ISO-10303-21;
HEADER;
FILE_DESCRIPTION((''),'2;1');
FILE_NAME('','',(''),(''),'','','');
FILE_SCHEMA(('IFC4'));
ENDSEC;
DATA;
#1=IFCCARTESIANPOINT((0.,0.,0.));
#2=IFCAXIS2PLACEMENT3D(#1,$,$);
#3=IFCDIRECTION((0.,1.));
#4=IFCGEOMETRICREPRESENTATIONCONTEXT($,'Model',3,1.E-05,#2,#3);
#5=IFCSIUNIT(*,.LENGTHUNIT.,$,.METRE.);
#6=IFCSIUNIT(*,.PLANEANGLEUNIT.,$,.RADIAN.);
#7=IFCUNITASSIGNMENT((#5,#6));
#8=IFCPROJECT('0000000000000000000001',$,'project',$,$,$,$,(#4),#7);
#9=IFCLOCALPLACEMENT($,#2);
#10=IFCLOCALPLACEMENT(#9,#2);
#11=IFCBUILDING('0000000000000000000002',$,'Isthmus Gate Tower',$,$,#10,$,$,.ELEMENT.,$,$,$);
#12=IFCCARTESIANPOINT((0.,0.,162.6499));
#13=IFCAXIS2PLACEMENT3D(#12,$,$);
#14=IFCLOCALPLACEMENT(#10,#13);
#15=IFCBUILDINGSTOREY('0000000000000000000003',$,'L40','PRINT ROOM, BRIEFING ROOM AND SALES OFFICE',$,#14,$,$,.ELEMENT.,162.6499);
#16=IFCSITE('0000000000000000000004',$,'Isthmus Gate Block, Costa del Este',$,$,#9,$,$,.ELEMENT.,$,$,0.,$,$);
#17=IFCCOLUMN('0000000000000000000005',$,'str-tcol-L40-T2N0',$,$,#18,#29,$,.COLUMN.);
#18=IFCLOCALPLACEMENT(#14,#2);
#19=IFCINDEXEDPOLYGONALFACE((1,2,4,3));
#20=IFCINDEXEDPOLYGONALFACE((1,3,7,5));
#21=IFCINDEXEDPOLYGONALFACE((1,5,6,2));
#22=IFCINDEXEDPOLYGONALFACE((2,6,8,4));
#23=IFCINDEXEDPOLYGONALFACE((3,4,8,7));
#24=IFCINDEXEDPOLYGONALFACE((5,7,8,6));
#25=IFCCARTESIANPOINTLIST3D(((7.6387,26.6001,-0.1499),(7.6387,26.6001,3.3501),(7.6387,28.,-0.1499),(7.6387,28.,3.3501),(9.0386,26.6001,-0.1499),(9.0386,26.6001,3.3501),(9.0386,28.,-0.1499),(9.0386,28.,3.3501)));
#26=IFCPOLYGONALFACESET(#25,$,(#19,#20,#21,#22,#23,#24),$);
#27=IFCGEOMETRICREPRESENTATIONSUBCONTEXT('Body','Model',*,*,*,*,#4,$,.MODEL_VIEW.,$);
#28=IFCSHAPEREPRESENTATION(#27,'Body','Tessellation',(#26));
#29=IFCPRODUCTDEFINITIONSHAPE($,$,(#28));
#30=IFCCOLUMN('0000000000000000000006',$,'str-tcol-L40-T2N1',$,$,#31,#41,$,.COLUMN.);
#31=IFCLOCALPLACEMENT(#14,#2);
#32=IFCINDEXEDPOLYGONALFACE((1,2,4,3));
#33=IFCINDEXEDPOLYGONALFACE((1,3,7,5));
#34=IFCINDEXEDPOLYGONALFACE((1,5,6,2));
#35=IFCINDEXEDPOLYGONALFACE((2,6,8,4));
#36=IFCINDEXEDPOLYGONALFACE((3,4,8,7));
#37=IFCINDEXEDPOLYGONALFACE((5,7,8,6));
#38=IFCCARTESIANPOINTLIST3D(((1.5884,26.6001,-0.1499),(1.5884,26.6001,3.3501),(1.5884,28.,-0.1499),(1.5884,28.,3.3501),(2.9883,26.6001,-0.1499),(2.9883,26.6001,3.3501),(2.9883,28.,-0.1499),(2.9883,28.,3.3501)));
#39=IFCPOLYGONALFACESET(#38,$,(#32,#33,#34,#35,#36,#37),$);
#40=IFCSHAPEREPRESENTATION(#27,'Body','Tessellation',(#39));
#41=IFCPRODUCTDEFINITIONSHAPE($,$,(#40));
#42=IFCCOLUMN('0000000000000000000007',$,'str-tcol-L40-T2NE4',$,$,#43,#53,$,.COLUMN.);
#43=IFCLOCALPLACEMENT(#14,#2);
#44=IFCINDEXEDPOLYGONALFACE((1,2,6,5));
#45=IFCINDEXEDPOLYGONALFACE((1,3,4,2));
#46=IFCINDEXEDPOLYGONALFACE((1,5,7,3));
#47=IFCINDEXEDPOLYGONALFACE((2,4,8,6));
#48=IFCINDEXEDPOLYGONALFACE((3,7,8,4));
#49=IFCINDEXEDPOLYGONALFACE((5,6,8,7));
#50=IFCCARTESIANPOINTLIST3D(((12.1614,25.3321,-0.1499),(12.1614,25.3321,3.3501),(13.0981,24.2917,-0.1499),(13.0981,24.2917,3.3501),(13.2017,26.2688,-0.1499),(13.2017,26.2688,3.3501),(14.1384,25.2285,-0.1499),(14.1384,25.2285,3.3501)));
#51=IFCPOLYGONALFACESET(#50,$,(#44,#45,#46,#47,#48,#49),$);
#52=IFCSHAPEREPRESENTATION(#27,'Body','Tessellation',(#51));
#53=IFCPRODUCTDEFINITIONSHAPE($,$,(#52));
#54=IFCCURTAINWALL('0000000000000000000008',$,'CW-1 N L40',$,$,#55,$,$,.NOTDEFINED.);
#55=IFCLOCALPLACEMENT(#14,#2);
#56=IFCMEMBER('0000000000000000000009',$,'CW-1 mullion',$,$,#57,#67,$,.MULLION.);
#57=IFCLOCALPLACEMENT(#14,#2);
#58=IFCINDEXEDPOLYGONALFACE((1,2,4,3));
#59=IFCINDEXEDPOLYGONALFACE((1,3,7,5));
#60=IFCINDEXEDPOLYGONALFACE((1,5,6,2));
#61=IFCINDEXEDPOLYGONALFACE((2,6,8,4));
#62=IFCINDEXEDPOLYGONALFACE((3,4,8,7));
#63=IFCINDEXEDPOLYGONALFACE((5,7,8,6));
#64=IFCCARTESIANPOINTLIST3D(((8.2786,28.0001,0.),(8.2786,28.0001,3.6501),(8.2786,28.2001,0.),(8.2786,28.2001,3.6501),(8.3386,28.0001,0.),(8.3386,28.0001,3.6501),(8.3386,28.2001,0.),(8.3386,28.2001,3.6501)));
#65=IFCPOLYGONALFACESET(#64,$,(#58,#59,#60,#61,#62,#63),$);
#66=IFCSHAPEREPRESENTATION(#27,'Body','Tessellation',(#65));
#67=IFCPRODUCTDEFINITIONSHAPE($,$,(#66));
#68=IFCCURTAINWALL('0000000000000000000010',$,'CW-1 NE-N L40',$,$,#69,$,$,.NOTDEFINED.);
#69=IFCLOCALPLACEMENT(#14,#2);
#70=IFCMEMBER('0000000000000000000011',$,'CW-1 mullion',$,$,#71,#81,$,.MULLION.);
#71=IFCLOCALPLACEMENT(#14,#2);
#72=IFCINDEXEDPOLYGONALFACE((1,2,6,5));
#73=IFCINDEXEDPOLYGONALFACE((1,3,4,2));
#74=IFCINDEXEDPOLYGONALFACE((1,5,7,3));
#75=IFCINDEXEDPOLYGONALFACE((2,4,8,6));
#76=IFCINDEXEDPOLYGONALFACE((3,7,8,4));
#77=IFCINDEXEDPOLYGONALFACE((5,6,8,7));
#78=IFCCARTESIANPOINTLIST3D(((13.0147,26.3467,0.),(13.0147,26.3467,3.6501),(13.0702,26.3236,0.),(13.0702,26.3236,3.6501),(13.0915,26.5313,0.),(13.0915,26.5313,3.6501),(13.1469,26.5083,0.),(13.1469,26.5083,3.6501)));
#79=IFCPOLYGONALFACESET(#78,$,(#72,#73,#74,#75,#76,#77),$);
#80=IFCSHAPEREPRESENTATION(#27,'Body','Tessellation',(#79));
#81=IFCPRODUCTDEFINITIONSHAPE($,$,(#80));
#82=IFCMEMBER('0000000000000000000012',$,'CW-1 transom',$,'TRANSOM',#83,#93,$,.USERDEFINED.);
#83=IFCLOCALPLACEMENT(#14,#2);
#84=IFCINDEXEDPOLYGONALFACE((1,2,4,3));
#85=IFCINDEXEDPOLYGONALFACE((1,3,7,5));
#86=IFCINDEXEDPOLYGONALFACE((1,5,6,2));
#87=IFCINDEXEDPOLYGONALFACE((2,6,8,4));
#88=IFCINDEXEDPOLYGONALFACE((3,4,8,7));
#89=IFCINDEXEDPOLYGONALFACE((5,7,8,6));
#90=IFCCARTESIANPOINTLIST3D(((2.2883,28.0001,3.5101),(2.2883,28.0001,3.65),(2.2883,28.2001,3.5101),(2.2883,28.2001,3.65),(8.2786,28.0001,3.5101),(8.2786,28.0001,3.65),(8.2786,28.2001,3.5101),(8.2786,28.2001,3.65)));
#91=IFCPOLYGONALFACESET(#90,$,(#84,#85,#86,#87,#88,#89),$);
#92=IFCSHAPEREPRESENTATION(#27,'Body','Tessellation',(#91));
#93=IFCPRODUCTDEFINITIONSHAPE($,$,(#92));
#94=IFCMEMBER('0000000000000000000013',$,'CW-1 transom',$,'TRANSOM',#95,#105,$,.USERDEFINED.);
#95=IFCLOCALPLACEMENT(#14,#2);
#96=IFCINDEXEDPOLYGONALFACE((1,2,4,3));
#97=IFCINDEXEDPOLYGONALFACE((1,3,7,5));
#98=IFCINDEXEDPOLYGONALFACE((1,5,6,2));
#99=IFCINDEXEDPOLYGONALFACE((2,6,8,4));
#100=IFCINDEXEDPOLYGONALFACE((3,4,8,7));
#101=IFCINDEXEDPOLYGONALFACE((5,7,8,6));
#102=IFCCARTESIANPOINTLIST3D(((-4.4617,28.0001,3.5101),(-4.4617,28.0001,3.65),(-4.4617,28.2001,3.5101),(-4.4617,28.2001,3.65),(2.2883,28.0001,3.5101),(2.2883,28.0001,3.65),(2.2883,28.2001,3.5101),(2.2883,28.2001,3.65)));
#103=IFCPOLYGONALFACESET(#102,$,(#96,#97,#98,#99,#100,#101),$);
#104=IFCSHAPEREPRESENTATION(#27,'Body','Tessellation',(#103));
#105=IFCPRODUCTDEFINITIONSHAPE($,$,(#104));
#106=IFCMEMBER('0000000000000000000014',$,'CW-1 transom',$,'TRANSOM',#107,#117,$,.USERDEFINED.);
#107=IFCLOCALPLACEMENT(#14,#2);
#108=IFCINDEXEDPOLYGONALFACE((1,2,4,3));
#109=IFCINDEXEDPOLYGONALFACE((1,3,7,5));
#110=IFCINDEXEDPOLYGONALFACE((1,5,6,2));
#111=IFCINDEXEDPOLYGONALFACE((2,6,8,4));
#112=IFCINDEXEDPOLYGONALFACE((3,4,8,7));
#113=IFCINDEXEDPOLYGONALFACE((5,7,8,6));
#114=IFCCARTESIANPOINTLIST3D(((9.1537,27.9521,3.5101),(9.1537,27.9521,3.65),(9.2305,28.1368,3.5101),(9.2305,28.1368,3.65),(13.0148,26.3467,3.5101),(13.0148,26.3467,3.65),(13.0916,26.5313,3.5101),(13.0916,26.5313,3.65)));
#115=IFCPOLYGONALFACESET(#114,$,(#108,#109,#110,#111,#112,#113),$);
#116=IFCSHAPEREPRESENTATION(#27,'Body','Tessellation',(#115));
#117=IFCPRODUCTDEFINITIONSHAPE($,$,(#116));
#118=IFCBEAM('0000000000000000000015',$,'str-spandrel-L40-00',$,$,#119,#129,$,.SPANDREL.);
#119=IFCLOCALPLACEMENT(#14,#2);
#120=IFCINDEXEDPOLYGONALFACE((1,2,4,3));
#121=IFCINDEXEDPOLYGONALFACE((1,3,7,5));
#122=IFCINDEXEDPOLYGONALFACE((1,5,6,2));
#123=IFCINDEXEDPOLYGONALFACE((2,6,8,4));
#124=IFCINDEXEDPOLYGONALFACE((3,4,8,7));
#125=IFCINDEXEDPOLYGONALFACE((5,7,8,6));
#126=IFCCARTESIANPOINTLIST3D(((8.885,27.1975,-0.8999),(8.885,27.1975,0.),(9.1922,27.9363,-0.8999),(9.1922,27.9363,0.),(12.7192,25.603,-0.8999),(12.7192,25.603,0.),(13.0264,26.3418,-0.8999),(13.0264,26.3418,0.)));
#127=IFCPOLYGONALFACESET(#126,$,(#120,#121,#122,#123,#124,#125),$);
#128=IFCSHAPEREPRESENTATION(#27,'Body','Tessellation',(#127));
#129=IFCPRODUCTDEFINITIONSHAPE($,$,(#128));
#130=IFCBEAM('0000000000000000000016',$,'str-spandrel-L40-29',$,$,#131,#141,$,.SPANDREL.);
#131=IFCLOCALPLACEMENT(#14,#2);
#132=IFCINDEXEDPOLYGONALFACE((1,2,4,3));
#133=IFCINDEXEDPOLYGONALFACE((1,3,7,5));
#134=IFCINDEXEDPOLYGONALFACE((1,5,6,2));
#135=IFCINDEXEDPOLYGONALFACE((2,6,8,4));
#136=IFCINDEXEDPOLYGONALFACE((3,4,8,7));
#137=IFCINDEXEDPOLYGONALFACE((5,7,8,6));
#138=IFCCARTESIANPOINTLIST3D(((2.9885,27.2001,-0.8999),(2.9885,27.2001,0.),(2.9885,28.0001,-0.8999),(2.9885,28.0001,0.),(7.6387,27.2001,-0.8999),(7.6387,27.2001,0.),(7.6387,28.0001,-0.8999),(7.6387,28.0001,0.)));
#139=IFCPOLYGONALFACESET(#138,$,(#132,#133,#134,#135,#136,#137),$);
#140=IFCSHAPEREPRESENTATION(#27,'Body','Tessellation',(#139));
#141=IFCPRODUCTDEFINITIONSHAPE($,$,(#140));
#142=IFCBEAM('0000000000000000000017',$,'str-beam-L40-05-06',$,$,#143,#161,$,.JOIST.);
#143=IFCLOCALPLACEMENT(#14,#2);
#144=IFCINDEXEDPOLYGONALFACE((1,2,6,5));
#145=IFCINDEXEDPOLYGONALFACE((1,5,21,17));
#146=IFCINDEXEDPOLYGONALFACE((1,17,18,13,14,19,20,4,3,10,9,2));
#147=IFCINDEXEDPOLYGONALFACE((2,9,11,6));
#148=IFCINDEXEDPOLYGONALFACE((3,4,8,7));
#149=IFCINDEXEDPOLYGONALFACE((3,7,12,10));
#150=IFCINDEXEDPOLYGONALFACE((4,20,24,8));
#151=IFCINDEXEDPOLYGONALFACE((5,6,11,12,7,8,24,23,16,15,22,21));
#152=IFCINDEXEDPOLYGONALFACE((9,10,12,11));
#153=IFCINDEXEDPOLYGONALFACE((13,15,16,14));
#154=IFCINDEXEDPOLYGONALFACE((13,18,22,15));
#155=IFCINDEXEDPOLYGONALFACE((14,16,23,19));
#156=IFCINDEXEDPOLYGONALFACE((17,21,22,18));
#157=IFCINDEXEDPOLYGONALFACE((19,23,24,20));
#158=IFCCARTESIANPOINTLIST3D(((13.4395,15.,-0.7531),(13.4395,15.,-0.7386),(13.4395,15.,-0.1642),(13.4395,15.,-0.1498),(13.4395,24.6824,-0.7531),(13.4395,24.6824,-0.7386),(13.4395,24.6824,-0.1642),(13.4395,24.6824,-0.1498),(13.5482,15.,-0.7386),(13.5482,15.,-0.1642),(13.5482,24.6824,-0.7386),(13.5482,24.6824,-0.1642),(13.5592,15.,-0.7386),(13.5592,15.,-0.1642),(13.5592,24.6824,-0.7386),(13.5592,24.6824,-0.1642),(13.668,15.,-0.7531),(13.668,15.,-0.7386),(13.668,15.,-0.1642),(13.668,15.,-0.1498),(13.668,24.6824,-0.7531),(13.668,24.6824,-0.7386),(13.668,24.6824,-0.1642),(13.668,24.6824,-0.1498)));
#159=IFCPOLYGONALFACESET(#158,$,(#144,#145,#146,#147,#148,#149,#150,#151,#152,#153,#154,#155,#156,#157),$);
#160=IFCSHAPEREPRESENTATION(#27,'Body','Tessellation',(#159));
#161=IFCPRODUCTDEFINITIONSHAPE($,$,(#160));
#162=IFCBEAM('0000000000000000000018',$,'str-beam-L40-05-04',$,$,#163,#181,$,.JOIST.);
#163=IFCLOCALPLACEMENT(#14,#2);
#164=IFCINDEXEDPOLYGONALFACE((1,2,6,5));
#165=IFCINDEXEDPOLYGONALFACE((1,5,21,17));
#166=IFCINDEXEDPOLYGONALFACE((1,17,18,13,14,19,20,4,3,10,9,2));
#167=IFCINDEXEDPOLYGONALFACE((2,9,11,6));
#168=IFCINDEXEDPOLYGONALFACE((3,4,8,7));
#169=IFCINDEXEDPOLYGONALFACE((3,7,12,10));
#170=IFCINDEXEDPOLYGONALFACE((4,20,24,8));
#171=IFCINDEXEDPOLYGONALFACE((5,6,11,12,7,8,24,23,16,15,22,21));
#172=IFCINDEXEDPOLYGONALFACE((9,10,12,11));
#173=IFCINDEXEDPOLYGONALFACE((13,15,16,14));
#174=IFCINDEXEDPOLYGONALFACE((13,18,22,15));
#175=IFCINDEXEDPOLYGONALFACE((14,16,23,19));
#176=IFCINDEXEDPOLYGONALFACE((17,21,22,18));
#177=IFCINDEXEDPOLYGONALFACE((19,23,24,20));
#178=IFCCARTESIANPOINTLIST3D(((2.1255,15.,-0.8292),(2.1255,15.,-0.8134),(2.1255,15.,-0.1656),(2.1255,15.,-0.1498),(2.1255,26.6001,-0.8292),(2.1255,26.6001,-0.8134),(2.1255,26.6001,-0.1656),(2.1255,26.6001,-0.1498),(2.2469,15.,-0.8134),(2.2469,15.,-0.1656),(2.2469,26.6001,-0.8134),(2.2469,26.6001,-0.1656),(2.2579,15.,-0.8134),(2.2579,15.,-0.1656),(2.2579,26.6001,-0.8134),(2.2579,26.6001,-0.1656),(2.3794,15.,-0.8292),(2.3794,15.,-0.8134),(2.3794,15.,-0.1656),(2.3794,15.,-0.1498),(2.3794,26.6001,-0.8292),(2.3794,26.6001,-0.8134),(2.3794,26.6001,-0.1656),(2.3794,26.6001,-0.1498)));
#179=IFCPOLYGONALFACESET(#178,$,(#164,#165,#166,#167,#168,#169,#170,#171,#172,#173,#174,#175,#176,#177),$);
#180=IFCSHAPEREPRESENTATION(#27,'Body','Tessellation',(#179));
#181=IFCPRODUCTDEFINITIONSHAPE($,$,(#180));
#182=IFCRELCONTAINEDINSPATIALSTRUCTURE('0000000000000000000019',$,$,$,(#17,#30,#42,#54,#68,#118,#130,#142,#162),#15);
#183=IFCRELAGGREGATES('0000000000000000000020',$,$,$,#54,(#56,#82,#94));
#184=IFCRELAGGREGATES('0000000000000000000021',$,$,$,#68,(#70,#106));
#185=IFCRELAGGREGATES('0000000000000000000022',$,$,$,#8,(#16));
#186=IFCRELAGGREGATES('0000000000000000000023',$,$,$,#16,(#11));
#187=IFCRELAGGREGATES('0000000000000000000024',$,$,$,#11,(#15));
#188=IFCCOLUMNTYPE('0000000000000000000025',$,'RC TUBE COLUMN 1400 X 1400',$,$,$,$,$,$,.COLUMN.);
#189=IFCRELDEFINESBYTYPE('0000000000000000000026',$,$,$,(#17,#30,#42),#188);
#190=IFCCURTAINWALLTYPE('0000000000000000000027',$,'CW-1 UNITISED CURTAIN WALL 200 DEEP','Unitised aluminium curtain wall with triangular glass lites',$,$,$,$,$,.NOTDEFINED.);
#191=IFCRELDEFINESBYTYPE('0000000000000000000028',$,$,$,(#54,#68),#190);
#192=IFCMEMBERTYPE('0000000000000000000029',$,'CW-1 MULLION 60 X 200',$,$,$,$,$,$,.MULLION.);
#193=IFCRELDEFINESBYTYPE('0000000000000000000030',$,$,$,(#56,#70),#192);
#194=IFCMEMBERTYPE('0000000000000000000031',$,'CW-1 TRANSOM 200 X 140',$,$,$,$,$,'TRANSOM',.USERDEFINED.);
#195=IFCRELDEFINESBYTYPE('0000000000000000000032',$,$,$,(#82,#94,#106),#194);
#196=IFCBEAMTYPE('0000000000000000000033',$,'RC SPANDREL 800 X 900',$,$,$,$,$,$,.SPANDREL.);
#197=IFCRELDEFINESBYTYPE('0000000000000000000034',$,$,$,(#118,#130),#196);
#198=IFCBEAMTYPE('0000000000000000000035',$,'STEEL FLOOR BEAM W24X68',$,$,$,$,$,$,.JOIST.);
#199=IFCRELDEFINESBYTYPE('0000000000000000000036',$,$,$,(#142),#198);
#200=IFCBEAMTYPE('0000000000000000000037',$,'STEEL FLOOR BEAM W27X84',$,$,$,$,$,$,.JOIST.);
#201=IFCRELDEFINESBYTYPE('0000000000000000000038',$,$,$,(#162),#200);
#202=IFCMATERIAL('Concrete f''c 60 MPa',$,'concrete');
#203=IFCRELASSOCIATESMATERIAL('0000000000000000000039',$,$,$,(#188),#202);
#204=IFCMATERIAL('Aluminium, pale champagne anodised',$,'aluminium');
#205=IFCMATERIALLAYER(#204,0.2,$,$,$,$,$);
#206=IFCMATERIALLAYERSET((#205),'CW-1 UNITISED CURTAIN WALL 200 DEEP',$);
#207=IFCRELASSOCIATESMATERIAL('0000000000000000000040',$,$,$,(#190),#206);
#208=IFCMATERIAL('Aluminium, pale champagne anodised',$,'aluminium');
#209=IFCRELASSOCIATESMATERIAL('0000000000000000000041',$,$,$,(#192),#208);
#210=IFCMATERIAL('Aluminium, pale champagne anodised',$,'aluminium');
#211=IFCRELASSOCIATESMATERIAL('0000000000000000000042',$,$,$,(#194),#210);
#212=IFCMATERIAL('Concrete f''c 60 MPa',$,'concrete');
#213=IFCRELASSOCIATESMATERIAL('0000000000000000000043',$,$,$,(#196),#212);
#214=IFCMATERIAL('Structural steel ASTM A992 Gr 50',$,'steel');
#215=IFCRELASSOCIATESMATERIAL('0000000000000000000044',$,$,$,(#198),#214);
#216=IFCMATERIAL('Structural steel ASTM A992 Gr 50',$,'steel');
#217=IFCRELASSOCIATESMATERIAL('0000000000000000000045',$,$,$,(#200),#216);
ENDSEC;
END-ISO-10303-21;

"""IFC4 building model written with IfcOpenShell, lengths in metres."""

from ifc_helpers import new_model, si_unit, direction, frame, origin, origin_2d, place, context, subcontext, project, spatial, rectangle, i_section, extrude, material, layer, layer_set, material_profile, profile_set, type_object, element, aggregate, save


model = new_model("IFC4")

# Units and contexts
model_context = context("Model", 3, precision=1e-05, world=origin(), true_north=direction((0.0, 1.0)))
body_context = subcontext(model_context, "Body", "Model", "MODEL_VIEW")
ifc_project = project(units=[si_unit("LENGTHUNIT", "METRE"), si_unit("PLANEANGLEUNIT", "RADIAN")], contexts=[model_context])

# Site, building, storey
site_placement = place(None, origin())
site = spatial("IfcSite", under=ifc_project, at=site_placement, Name="Isthmus Gate Block, Costa del Este", CompositionType="ELEMENT", RefElevation=0.0)
building_placement = place(site_placement, origin())
building = spatial("IfcBuilding", under=site, at=building_placement, Name="Isthmus Gate Tower", CompositionType="ELEMENT")
storey_placement = place(building_placement, frame((0.0, 0.0, 162.6499)))
storey = spatial("IfcBuildingStorey", under=building, at=storey_placement, Name="L40", Description="PRINT ROOM, BRIEFING ROOM AND SALES OFFICE", CompositionType="ELEMENT", Elevation=162.6499)

# Columns
ifc_material_1 = material(Name="Concrete f'c 60 MPa", Category="concrete")
ifc_material_profile_1 = material_profile(ifc_material_1, rectangle(XDim=1.3999, YDim=1.3999, at=origin_2d()), Name="RC 1400X1400")
ifc_profile_set_1 = profile_set([ifc_material_profile_1], Name="Concrete f'c 60 MPa")
column_type = type_object("IfcColumnType", Name="RC TUBE COLUMN 1400 X 1400", PredefinedType="COLUMN", material=ifc_profile_set_1)
for number, where, z_axis, x_axis, name in (
    (1, (8.3386, 27.3, -0.1499), (0.0, 0.0, 1.0), (-1.0, 0.0, 0.0), "str-tcol-L40-T2N0"),
    (2, (2.2883, 27.3, -0.1499), (0.0, 0.0, 1.0), (-1.0, 0.0, 0.0), "str-tcol-L40-T2N1"),
    (3, (13.1499, 25.2803, -0.1499), (0.0, 0.0, 1.0), (-0.669131, 0.743145, 0.0), "str-tcol-L40-T2NE4"),
):
    element("IfcColumn", number, at=place(storey_placement, frame(where, z_axis=z_axis, x_axis=x_axis)), inside=storey, type_object=column_type, Name=name, PredefinedType="COLUMN", context=body_context, shape_type="SweptSolid", body=[
        extrude(rectangle(XDim=1.3999, YDim=1.3999, at=origin_2d()), origin(), (0.0, 0.0, 1.0), 3.5),
    ])

# Curtain walls, members
ifc_material_2 = material(Name="Aluminium, pale champagne anodised", Category="aluminium")
ifc_layer_1 = layer(ifc_material_2, 0.2)
ifc_layer_set_1 = layer_set([ifc_layer_1], Name="CW-1 UNITISED CURTAIN WALL 200 DEEP")
curtain_wall_type = type_object("IfcCurtainWallType", Name="CW-1 UNITISED CURTAIN WALL 200 DEEP", Description="Unitised aluminium curtain wall with triangular glass lites", PredefinedType="NOTDEFINED", material=ifc_layer_set_1)
curtain_wall_1_placement = place(storey_placement, origin())
curtain_wall_1 = element("IfcCurtainWall", 4, at=curtain_wall_1_placement, inside=storey, type_object=curtain_wall_type, Name="CW-1 N L40", PredefinedType="NOTDEFINED")
ifc_material_3 = material(Name="Aluminium, pale champagne anodised", Category="aluminium")
ifc_material_profile_2 = material_profile(ifc_material_3, rectangle(XDim=0.0601, YDim=0.2, at=origin_2d()), Name="60x200")
ifc_profile_set_2 = profile_set([ifc_material_profile_2], Name="Aluminium, pale champagne anodised")
member_type_1 = type_object("IfcMemberType", Name="CW-1 MULLION 60 X 200", PredefinedType="MULLION", material=ifc_profile_set_2)
member_1_placement = place(storey_placement, frame((8.3086, 28.1001, 0.0), z_axis=(0.0, 0.0, 1.0), x_axis=(-1.0, 0.0, 0.0)))
member_1 = element("IfcMember", 5, at=member_1_placement, type_object=member_type_1, Name="CW-1 mullion", PredefinedType="MULLION", context=body_context, shape_type="SweptSolid", body=[
    extrude(rectangle(XDim=0.0601, YDim=0.2, at=origin_2d()), origin(), (0.0, 0.0, 1.0), 3.6501),
])
curtain_wall_2_placement = place(storey_placement, origin())
curtain_wall_2 = element("IfcCurtainWall", 6, at=curtain_wall_2_placement, inside=storey, type_object=curtain_wall_type, Name="CW-1 NE-N L40", PredefinedType="NOTDEFINED")
member_2_placement = place(storey_placement, frame((13.0808, 26.4275, 0.0), z_axis=(0.0, 0.0, 1.0), x_axis=(-0.923353, 0.383952, 0.0)))
member_2 = element("IfcMember", 7, at=member_2_placement, type_object=member_type_1, Name="CW-1 mullion", PredefinedType="MULLION", context=body_context, shape_type="SweptSolid", body=[
    extrude(rectangle(XDim=0.0601, YDim=0.2, at=origin_2d()), origin(), (0.0, 0.0, 1.0), 3.6501),
])

# Members
ifc_material_4 = material(Name="Aluminium, pale champagne anodised", Category="aluminium")
ifc_material_profile_3 = material_profile(ifc_material_4, rectangle(XDim=0.2, YDim=0.1399, at=origin_2d()), Name="200x140")
ifc_profile_set_3 = profile_set([ifc_material_profile_3], Name="Aluminium, pale champagne anodised")
member_type_2 = type_object("IfcMemberType", Name="CW-1 TRANSOM 200 X 140", ElementType="TRANSOM", PredefinedType="USERDEFINED", material=ifc_profile_set_3)
member_3_placement = place(storey_placement, frame((8.2786, 28.1001, 3.5801), z_axis=(-1.0, 0.0, 0.0), x_axis=(0.0, -1.0, 0.0)))
member_3 = element("IfcMember", 8, at=member_3_placement, type_object=member_type_2, Name="CW-1 transom", ObjectType="TRANSOM", PredefinedType="USERDEFINED", context=body_context, shape_type="SweptSolid", body=[
    extrude(rectangle(XDim=0.2, YDim=0.1399, at=origin_2d()), origin(), (0.0, 0.0, 1.0), 5.9902),
])
member_4_placement = place(storey_placement, frame((2.2883, 28.1001, 3.5801), z_axis=(-1.0, 0.0, 0.0), x_axis=(0.0, -1.0, 0.0)))
member_4 = element("IfcMember", 9, at=member_4_placement, type_object=member_type_2, Name="CW-1 transom", ObjectType="TRANSOM", PredefinedType="USERDEFINED", context=body_context, shape_type="SweptSolid", body=[
    extrude(rectangle(XDim=0.2, YDim=0.1399, at=origin_2d()), origin(), (0.0, 0.0, 1.0), 6.75),
])
member_5_placement = place(storey_placement, frame((13.0532, 26.439, 3.5801), z_axis=(-0.923358, 0.38394, 0.0), x_axis=(-0.38394, -0.923358, 0.0)))
member_5 = element("IfcMember", 10, at=member_5_placement, type_object=member_type_2, Name="CW-1 transom", ObjectType="TRANSOM", PredefinedType="USERDEFINED", context=body_context, shape_type="SweptSolid", body=[
    extrude(rectangle(XDim=0.2, YDim=0.1399, at=origin_2d()), origin(), (0.0, 0.0, 1.0), 4.1816),
])

# Beams
ifc_material_5 = material(Name="Concrete f'c 60 MPa", Category="concrete")
ifc_material_profile_4 = material_profile(ifc_material_5, rectangle(XDim=0.8, YDim=0.8999, at=origin_2d()), Name="RC 800X900")
ifc_profile_set_4 = profile_set([ifc_material_profile_4], Name="Concrete f'c 60 MPa")
beam_type_1 = type_object("IfcBeamType", Name="RC SPANDREL 800 X 900", PredefinedType="SPANDREL", material=ifc_profile_set_4)
beam_1_placement = place(storey_placement, frame((9.0386, 27.5669, -0.45), z_axis=(0.923343, -0.383977, 0.0), x_axis=(0.383977, 0.923343, 0.0)))
element("IfcBeam", 11, at=beam_1_placement, inside=storey, type_object=beam_type_1, Name="str-spandrel-L40-00", PredefinedType="SPANDREL", context=body_context, shape_type="SweptSolid", body=[
    extrude(rectangle(XDim=0.8, YDim=0.8999, at=origin_2d()), origin(), (0.0, 0.0, 1.0), 4.1526),
])
beam_2_placement = place(storey_placement, frame((2.9885, 27.6001, -0.45), z_axis=(1.0, 0.0, 0.0), x_axis=(0.0, 1.0, 0.0)))
element("IfcBeam", 12, at=beam_2_placement, inside=storey, type_object=beam_type_1, Name="str-spandrel-L40-29", PredefinedType="SPANDREL", context=body_context, shape_type="SweptSolid", body=[
    extrude(rectangle(XDim=0.8, YDim=0.8999, at=origin_2d()), origin(), (0.0, 0.0, 1.0), 4.6501),
])
ifc_material_6 = material(Name="Structural steel ASTM A992 Gr 50", Category="steel")
ifc_material_profile_5 = material_profile(ifc_material_6, i_section(OverallWidth=0.2285, OverallDepth=0.6033, WebThickness=0.011, FlangeThickness=0.0144, at=origin_2d()), Name="W24X68")
ifc_profile_set_5 = profile_set([ifc_material_profile_5], Name="Structural steel ASTM A992 Gr 50")
beam_type_2 = type_object("IfcBeamType", Name="STEEL FLOOR BEAM W24X68", PredefinedType="JOIST", material=ifc_profile_set_5)
beam_3_placement = place(storey_placement, frame((13.5537, 15.0, -0.4514), z_axis=(0.0, 1.0, 0.0), x_axis=(-1.0, 0.0, 0.0)))
element("IfcBeam", 13, at=beam_3_placement, inside=storey, type_object=beam_type_2, Name="str-beam-L40-05-06", PredefinedType="JOIST", context=body_context, shape_type="SweptSolid", body=[
    extrude(i_section(OverallWidth=0.2285, OverallDepth=0.6033, WebThickness=0.011, FlangeThickness=0.0144, at=origin_2d()), origin(), (0.0, 0.0, 1.0), 9.6824),
])
ifc_material_7 = material(Name="Structural steel ASTM A992 Gr 50", Category="steel")
ifc_material_profile_6 = material_profile(ifc_material_7, i_section(OverallWidth=0.2539, OverallDepth=0.6794, WebThickness=0.011, FlangeThickness=0.0159, at=origin_2d()), Name="W27X84")
ifc_profile_set_6 = profile_set([ifc_material_profile_6], Name="Structural steel ASTM A992 Gr 50")
beam_type_3 = type_object("IfcBeamType", Name="STEEL FLOOR BEAM W27X84", PredefinedType="JOIST", material=ifc_profile_set_6)
for number, where, z_axis, x_axis, name in (
    (14, (2.2524, 15.0, -0.4895), (0.0, 1.0, 0.0), (-1.0, 0.0, 0.0), "str-beam-L40-05-04"),
):
    element("IfcBeam", number, at=place(storey_placement, frame(where, z_axis=z_axis, x_axis=x_axis)), inside=storey, type_object=beam_type_3, Name=name, PredefinedType="JOIST", context=body_context, shape_type="SweptSolid", body=[
        extrude(i_section(OverallWidth=0.2539, OverallDepth=0.6794, WebThickness=0.011, FlangeThickness=0.0159, at=origin_2d()), origin(), (0.0, 0.0, 1.0), 11.6001),
    ])

aggregate(curtain_wall_1, [member_1, member_3, member_4])
aggregate(curtain_wall_2, [member_2, member_5])

save(model, "model.ifc")
